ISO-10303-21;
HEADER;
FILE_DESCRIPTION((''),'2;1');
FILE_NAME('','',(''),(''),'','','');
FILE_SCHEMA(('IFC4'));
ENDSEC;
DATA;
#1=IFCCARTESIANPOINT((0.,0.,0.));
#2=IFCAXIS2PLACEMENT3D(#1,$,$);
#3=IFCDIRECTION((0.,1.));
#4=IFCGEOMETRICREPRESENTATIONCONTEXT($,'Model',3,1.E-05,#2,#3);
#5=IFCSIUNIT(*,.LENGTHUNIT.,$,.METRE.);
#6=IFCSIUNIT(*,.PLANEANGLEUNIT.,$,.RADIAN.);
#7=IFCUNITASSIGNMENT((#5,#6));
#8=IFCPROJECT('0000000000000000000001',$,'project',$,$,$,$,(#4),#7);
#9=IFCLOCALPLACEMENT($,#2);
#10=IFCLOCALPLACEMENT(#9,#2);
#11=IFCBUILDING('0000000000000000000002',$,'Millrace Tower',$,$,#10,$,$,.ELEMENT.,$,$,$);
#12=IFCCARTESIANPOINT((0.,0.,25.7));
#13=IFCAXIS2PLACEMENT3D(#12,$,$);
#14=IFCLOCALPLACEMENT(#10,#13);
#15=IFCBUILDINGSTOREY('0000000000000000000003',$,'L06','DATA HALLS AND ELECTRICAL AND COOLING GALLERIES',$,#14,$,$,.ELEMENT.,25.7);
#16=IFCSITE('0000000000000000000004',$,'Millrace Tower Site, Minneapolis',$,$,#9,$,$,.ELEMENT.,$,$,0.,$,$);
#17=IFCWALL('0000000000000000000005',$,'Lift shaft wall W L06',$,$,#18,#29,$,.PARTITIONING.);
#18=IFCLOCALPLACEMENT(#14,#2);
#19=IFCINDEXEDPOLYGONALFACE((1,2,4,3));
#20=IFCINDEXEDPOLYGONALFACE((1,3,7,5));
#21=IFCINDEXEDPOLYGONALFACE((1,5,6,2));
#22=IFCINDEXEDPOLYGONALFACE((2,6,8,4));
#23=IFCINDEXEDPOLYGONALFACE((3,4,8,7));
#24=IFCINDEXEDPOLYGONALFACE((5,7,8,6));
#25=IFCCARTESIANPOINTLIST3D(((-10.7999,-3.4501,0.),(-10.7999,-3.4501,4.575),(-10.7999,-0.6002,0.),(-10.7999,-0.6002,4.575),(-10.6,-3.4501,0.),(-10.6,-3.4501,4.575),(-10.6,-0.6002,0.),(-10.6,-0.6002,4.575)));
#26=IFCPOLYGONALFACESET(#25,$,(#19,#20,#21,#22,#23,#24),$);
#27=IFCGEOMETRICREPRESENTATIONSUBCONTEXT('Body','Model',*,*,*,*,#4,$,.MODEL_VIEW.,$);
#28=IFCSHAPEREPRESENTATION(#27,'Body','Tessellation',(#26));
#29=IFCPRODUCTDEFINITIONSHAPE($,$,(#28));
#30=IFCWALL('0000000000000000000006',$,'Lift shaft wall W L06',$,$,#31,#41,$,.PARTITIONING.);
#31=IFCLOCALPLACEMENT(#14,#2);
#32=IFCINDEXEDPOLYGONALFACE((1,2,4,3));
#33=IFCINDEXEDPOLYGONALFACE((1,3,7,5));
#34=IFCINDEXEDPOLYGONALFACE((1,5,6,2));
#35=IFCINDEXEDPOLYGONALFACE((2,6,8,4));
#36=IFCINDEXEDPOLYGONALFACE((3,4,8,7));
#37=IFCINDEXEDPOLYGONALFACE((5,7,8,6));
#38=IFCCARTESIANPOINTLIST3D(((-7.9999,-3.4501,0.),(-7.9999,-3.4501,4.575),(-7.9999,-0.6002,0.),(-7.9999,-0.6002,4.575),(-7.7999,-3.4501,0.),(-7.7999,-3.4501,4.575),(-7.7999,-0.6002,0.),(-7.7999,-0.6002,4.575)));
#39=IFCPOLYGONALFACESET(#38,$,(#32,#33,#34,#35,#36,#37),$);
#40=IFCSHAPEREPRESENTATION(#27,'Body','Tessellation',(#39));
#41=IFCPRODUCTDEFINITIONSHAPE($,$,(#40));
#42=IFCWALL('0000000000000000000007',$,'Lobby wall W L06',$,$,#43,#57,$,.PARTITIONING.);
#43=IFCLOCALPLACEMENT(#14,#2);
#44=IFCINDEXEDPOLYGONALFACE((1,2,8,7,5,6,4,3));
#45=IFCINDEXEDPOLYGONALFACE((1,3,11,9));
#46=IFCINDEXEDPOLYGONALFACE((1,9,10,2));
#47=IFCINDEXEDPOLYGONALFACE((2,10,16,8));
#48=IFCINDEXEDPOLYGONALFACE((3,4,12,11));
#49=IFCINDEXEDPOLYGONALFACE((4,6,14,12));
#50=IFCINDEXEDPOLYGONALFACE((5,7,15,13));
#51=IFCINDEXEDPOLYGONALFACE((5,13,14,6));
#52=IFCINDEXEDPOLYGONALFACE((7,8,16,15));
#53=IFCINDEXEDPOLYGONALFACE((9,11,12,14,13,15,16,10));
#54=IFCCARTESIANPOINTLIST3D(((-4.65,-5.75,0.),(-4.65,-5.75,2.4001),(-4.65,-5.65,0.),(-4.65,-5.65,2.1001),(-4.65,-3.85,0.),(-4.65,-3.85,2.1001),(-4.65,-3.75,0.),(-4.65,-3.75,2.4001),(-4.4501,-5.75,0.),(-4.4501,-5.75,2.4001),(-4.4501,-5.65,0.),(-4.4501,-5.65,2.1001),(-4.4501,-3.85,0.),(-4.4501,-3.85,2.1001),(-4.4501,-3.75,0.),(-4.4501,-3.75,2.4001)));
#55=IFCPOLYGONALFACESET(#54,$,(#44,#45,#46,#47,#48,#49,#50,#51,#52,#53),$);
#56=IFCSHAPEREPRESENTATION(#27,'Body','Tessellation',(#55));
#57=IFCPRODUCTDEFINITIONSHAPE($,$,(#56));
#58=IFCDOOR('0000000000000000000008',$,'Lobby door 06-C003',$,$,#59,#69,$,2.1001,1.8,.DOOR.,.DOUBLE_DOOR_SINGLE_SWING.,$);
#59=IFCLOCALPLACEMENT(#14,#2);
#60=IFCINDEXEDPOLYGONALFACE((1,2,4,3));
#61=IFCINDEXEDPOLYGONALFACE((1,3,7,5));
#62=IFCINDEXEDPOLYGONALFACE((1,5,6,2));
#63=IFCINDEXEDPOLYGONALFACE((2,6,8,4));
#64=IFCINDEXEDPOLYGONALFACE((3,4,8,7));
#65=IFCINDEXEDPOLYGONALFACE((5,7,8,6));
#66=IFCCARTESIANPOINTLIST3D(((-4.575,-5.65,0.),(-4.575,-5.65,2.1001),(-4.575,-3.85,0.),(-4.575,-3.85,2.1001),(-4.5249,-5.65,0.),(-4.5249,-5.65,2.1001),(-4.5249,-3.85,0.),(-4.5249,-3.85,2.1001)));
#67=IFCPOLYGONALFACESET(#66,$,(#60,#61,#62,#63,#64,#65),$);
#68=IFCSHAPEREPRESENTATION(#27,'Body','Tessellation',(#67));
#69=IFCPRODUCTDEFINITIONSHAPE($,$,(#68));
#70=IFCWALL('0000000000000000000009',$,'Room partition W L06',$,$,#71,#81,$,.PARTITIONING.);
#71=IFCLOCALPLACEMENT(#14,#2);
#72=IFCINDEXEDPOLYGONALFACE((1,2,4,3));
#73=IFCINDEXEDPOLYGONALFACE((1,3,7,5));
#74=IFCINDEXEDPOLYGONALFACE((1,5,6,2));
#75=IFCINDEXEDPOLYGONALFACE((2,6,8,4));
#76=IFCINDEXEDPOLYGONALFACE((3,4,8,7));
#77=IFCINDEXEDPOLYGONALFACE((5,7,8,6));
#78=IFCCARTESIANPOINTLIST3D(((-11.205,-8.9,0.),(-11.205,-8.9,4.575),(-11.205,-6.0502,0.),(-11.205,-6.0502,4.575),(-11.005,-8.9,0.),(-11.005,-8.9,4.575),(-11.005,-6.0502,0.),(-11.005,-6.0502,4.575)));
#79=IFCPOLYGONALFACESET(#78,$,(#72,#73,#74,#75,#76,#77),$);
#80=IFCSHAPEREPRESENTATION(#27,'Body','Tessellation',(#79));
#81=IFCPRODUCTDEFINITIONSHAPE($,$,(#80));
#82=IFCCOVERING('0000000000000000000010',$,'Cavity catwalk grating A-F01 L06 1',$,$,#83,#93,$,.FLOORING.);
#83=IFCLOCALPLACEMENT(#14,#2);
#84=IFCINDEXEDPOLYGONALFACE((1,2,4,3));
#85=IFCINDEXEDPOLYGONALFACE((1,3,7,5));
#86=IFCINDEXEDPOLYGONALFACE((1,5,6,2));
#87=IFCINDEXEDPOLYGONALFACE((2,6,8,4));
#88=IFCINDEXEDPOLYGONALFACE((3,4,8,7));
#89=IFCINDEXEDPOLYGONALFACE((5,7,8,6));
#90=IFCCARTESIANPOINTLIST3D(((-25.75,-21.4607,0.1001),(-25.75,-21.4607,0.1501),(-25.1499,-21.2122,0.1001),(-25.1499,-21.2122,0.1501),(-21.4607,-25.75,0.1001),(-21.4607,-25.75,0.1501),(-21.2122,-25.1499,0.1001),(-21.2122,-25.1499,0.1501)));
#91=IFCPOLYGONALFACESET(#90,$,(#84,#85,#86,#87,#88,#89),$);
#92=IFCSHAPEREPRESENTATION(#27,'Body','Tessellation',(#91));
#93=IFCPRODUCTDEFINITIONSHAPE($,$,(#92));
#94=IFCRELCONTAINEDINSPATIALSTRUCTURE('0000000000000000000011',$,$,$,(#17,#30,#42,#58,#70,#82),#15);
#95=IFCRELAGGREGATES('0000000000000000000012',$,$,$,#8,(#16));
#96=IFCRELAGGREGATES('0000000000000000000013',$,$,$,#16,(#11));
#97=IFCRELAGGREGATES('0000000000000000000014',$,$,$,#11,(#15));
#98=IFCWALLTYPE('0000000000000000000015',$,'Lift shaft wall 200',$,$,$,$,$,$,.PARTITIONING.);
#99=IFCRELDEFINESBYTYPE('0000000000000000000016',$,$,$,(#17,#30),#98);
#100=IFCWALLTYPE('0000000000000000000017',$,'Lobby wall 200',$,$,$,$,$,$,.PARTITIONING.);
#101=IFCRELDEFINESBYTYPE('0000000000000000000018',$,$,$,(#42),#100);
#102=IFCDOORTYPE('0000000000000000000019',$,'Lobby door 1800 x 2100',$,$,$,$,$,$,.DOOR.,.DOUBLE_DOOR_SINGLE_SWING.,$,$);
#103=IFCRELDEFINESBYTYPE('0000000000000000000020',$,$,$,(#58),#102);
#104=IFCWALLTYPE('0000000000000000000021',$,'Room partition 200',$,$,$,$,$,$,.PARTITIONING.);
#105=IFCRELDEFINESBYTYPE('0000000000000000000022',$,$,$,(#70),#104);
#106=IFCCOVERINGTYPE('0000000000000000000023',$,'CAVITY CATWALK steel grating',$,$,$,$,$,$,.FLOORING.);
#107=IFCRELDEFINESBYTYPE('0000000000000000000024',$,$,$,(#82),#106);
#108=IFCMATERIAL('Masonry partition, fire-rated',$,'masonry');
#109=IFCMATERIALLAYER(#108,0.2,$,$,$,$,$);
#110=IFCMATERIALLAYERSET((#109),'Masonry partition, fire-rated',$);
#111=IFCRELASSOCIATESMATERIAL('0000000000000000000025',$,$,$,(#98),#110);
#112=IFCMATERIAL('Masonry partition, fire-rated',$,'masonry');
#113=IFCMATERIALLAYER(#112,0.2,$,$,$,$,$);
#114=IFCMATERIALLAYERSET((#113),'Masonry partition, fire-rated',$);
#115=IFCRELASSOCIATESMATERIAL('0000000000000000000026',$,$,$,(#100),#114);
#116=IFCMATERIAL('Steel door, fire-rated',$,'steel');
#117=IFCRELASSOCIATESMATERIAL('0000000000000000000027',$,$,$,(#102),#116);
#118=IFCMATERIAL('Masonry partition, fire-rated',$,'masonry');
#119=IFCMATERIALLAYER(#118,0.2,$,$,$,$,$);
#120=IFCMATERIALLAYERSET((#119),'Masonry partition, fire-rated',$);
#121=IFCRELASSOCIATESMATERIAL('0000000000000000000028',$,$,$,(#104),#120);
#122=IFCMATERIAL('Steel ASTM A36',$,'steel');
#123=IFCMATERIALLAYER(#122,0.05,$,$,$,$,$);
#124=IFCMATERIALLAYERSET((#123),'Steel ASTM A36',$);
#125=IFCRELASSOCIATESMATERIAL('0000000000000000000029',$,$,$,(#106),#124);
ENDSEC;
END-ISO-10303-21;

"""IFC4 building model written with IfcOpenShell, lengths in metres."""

from ifc_helpers import new_model, si_unit, direction, frame, frame_2d, origin, place, context, subcontext, project, spatial, polyline, rectangle, outline, extrude, material, layer, layer_set, type_object, element, fill, save


model = new_model("IFC4")

# Units and contexts
model_context = context("Model", 3, precision=1e-05, world=origin(), true_north=direction((0.0, 1.0)))
body_context = subcontext(model_context, "Body", "Model", "MODEL_VIEW")
ifc_project = project(units=[si_unit("LENGTHUNIT", "METRE"), si_unit("PLANEANGLEUNIT", "RADIAN")], contexts=[model_context])

# Site, building, storey
site_placement = place(None, origin())
site = spatial("IfcSite", under=ifc_project, at=site_placement, Name="Millrace Tower Site, Minneapolis", CompositionType="ELEMENT", RefElevation=0.0)
building_placement = place(site_placement, origin())
building = spatial("IfcBuilding", under=site, at=building_placement, Name="Millrace Tower", CompositionType="ELEMENT")
storey_placement = place(building_placement, frame((0.0, 0.0, 25.7)))
storey = spatial("IfcBuildingStorey", under=building, at=storey_placement, Name="L06", Description="DATA HALLS AND ELECTRICAL AND COOLING GALLERIES", CompositionType="ELEMENT", Elevation=25.7)

# Shared definitions
ifc_material_1 = material(Name="Masonry partition, fire-rated", Category="masonry")
ifc_layer_1 = layer(ifc_material_1, 0.2)
ifc_layer_set_1 = layer_set([ifc_layer_1], Name="Masonry partition, fire-rated")
wall_type_1 = type_object("IfcWallType", Name="Lift shaft wall 200", PredefinedType="PARTITIONING", material=ifc_layer_set_1)

# Walls
for number, where, z_axis, x_axis, name in (
    (1, (-10.7, -3.45, 0.0), (0.0, 0.0, 1.0), (0.0, 1.0, 0.0), "Lift shaft wall W L06"),
    (2, (-7.8999, -3.45, 0.0), (0.0, 0.0, 1.0), (0.0, 1.0, 0.0), "Lift shaft wall W L06"),
):
    element("IfcWall", number, at=place(storey_placement, frame(where, z_axis=z_axis, x_axis=x_axis)), inside=storey, type_object=wall_type_1, Name=name, PredefinedType="PARTITIONING", context=body_context, shape_type="SweptSolid", body=[
        extrude(rectangle(XDim=2.8499, YDim=0.2, at=frame_2d((1.4248, 0.0))), origin(), (0.0, 0.0, 1.0), 4.575),
    ])

# Wall, opening, door
ifc_material_2 = material(Name="Masonry partition, fire-rated", Category="masonry")
ifc_layer_2 = layer(ifc_material_2, 0.2)
ifc_layer_set_2 = layer_set([ifc_layer_2], Name="Masonry partition, fire-rated")
wall_type_2 = type_object("IfcWallType", Name="Lobby wall 200", PredefinedType="PARTITIONING", material=ifc_layer_set_2)
wall_1_placement = place(storey_placement, frame((-4.55, -5.75, 0.0), z_axis=(0.0, 0.0, 1.0), x_axis=(0.0, 1.0, 0.0)))
wall_1 = element("IfcWall", 3, at=wall_1_placement, inside=storey, type_object=wall_type_2, Name="Lobby wall W L06", PredefinedType="PARTITIONING", context=body_context, shape_type="SweptSolid", body=[
    extrude(rectangle(XDim=2.0, YDim=0.2, at=frame_2d((1.0, 0.0))), origin(), (0.0, 0.0, 1.0), 2.4001),
])
opening_1_placement = place(wall_1_placement, frame((0.1001, 0.0, 0.0)))
opening_1 = element("IfcOpeningElement", 4, at=opening_1_placement, cuts=wall_1, PredefinedType="OPENING", context=body_context, shape_type="SweptSolid", body=[
    extrude(rectangle(XDim=1.8, YDim=2.1001, at=frame_2d((0.8999, 1.05))), frame((0.0, 0.1099, 0.0), z_axis=(0.0, -1.0, 0.0), x_axis=(1.0, 0.0, 0.0)), (0.0, 0.0, 1.0), 0.22),
])
ifc_material_3 = material(Name="Steel door, fire-rated", Category="steel")
door_type_1 = type_object("IfcDoorType", Name="Lobby door 1800 x 2100", OperationType="DOUBLE_DOOR_SINGLE_SWING", PredefinedType="DOOR", material=ifc_material_3)
door_1_placement = place(opening_1_placement, origin())
door_1 = element("IfcDoor", 5, at=door_1_placement, inside=storey, type_object=door_type_1, Name="Lobby door 06-C003", OperationType="DOUBLE_DOOR_SINGLE_SWING", OverallHeight=2.1001, OverallWidth=1.8, PredefinedType="DOOR", context=body_context, shape_type="SweptSolid", body=[
    extrude(rectangle(XDim=1.8, YDim=2.1001, at=frame_2d((0.8999, 1.05))), frame((0.0, 0.0249, 0.0), z_axis=(0.0, -1.0, 0.0), x_axis=(1.0, 0.0, 0.0)), (0.0, 0.0, 1.0), 0.05),
])
fill(opening_1, door_1)

# Wall
ifc_material_4 = material(Name="Masonry partition, fire-rated", Category="masonry")
ifc_layer_3 = layer(ifc_material_4, 0.2)
ifc_layer_set_3 = layer_set([ifc_layer_3], Name="Masonry partition, fire-rated")
wall_type_3 = type_object("IfcWallType", Name="Room partition 200", PredefinedType="PARTITIONING", material=ifc_layer_set_3)
wall_2_placement = place(storey_placement, frame((-11.105, -8.8999, 0.0), z_axis=(0.0, 0.0, 1.0), x_axis=(0.0, 1.0, 0.0)))
element("IfcWall", 6, at=wall_2_placement, inside=storey, type_object=wall_type_3, Name="Room partition W L06", PredefinedType="PARTITIONING", context=body_context, shape_type="SweptSolid", body=[
    extrude(rectangle(XDim=2.8499, YDim=0.2, at=frame_2d((1.4248, 0.0))), origin(), (0.0, 0.0, 1.0), 4.575),
])

# Covering
ifc_material_5 = material(Name="Steel ASTM A36", Category="steel")
ifc_layer_4 = layer(ifc_material_5, 0.05)
ifc_layer_set_4 = layer_set([ifc_layer_4], Name="Steel ASTM A36")
covering_type = type_object("IfcCoveringType", Name="CAVITY CATWALK steel grating", PredefinedType="FLOORING", material=ifc_layer_set_4)
covering_placement = place(storey_placement, frame((0.0, 0.0, 0.1001)))
element("IfcCovering", 7, at=covering_placement, inside=storey, type_object=covering_type, Name="Cavity catwalk grating A-F01 L06 1", PredefinedType="FLOORING", context=body_context, shape_type="SweptSolid", body=[
    extrude(outline(polyline([(-25.75, -21.4607), (-21.4607, -25.75), (-21.2122, -25.1499), (-25.1499, -21.2122), (-25.75, -21.4607)])), origin(), (0.0, 0.0, 1.0), 0.05),
])

save(model, "model.ifc")
